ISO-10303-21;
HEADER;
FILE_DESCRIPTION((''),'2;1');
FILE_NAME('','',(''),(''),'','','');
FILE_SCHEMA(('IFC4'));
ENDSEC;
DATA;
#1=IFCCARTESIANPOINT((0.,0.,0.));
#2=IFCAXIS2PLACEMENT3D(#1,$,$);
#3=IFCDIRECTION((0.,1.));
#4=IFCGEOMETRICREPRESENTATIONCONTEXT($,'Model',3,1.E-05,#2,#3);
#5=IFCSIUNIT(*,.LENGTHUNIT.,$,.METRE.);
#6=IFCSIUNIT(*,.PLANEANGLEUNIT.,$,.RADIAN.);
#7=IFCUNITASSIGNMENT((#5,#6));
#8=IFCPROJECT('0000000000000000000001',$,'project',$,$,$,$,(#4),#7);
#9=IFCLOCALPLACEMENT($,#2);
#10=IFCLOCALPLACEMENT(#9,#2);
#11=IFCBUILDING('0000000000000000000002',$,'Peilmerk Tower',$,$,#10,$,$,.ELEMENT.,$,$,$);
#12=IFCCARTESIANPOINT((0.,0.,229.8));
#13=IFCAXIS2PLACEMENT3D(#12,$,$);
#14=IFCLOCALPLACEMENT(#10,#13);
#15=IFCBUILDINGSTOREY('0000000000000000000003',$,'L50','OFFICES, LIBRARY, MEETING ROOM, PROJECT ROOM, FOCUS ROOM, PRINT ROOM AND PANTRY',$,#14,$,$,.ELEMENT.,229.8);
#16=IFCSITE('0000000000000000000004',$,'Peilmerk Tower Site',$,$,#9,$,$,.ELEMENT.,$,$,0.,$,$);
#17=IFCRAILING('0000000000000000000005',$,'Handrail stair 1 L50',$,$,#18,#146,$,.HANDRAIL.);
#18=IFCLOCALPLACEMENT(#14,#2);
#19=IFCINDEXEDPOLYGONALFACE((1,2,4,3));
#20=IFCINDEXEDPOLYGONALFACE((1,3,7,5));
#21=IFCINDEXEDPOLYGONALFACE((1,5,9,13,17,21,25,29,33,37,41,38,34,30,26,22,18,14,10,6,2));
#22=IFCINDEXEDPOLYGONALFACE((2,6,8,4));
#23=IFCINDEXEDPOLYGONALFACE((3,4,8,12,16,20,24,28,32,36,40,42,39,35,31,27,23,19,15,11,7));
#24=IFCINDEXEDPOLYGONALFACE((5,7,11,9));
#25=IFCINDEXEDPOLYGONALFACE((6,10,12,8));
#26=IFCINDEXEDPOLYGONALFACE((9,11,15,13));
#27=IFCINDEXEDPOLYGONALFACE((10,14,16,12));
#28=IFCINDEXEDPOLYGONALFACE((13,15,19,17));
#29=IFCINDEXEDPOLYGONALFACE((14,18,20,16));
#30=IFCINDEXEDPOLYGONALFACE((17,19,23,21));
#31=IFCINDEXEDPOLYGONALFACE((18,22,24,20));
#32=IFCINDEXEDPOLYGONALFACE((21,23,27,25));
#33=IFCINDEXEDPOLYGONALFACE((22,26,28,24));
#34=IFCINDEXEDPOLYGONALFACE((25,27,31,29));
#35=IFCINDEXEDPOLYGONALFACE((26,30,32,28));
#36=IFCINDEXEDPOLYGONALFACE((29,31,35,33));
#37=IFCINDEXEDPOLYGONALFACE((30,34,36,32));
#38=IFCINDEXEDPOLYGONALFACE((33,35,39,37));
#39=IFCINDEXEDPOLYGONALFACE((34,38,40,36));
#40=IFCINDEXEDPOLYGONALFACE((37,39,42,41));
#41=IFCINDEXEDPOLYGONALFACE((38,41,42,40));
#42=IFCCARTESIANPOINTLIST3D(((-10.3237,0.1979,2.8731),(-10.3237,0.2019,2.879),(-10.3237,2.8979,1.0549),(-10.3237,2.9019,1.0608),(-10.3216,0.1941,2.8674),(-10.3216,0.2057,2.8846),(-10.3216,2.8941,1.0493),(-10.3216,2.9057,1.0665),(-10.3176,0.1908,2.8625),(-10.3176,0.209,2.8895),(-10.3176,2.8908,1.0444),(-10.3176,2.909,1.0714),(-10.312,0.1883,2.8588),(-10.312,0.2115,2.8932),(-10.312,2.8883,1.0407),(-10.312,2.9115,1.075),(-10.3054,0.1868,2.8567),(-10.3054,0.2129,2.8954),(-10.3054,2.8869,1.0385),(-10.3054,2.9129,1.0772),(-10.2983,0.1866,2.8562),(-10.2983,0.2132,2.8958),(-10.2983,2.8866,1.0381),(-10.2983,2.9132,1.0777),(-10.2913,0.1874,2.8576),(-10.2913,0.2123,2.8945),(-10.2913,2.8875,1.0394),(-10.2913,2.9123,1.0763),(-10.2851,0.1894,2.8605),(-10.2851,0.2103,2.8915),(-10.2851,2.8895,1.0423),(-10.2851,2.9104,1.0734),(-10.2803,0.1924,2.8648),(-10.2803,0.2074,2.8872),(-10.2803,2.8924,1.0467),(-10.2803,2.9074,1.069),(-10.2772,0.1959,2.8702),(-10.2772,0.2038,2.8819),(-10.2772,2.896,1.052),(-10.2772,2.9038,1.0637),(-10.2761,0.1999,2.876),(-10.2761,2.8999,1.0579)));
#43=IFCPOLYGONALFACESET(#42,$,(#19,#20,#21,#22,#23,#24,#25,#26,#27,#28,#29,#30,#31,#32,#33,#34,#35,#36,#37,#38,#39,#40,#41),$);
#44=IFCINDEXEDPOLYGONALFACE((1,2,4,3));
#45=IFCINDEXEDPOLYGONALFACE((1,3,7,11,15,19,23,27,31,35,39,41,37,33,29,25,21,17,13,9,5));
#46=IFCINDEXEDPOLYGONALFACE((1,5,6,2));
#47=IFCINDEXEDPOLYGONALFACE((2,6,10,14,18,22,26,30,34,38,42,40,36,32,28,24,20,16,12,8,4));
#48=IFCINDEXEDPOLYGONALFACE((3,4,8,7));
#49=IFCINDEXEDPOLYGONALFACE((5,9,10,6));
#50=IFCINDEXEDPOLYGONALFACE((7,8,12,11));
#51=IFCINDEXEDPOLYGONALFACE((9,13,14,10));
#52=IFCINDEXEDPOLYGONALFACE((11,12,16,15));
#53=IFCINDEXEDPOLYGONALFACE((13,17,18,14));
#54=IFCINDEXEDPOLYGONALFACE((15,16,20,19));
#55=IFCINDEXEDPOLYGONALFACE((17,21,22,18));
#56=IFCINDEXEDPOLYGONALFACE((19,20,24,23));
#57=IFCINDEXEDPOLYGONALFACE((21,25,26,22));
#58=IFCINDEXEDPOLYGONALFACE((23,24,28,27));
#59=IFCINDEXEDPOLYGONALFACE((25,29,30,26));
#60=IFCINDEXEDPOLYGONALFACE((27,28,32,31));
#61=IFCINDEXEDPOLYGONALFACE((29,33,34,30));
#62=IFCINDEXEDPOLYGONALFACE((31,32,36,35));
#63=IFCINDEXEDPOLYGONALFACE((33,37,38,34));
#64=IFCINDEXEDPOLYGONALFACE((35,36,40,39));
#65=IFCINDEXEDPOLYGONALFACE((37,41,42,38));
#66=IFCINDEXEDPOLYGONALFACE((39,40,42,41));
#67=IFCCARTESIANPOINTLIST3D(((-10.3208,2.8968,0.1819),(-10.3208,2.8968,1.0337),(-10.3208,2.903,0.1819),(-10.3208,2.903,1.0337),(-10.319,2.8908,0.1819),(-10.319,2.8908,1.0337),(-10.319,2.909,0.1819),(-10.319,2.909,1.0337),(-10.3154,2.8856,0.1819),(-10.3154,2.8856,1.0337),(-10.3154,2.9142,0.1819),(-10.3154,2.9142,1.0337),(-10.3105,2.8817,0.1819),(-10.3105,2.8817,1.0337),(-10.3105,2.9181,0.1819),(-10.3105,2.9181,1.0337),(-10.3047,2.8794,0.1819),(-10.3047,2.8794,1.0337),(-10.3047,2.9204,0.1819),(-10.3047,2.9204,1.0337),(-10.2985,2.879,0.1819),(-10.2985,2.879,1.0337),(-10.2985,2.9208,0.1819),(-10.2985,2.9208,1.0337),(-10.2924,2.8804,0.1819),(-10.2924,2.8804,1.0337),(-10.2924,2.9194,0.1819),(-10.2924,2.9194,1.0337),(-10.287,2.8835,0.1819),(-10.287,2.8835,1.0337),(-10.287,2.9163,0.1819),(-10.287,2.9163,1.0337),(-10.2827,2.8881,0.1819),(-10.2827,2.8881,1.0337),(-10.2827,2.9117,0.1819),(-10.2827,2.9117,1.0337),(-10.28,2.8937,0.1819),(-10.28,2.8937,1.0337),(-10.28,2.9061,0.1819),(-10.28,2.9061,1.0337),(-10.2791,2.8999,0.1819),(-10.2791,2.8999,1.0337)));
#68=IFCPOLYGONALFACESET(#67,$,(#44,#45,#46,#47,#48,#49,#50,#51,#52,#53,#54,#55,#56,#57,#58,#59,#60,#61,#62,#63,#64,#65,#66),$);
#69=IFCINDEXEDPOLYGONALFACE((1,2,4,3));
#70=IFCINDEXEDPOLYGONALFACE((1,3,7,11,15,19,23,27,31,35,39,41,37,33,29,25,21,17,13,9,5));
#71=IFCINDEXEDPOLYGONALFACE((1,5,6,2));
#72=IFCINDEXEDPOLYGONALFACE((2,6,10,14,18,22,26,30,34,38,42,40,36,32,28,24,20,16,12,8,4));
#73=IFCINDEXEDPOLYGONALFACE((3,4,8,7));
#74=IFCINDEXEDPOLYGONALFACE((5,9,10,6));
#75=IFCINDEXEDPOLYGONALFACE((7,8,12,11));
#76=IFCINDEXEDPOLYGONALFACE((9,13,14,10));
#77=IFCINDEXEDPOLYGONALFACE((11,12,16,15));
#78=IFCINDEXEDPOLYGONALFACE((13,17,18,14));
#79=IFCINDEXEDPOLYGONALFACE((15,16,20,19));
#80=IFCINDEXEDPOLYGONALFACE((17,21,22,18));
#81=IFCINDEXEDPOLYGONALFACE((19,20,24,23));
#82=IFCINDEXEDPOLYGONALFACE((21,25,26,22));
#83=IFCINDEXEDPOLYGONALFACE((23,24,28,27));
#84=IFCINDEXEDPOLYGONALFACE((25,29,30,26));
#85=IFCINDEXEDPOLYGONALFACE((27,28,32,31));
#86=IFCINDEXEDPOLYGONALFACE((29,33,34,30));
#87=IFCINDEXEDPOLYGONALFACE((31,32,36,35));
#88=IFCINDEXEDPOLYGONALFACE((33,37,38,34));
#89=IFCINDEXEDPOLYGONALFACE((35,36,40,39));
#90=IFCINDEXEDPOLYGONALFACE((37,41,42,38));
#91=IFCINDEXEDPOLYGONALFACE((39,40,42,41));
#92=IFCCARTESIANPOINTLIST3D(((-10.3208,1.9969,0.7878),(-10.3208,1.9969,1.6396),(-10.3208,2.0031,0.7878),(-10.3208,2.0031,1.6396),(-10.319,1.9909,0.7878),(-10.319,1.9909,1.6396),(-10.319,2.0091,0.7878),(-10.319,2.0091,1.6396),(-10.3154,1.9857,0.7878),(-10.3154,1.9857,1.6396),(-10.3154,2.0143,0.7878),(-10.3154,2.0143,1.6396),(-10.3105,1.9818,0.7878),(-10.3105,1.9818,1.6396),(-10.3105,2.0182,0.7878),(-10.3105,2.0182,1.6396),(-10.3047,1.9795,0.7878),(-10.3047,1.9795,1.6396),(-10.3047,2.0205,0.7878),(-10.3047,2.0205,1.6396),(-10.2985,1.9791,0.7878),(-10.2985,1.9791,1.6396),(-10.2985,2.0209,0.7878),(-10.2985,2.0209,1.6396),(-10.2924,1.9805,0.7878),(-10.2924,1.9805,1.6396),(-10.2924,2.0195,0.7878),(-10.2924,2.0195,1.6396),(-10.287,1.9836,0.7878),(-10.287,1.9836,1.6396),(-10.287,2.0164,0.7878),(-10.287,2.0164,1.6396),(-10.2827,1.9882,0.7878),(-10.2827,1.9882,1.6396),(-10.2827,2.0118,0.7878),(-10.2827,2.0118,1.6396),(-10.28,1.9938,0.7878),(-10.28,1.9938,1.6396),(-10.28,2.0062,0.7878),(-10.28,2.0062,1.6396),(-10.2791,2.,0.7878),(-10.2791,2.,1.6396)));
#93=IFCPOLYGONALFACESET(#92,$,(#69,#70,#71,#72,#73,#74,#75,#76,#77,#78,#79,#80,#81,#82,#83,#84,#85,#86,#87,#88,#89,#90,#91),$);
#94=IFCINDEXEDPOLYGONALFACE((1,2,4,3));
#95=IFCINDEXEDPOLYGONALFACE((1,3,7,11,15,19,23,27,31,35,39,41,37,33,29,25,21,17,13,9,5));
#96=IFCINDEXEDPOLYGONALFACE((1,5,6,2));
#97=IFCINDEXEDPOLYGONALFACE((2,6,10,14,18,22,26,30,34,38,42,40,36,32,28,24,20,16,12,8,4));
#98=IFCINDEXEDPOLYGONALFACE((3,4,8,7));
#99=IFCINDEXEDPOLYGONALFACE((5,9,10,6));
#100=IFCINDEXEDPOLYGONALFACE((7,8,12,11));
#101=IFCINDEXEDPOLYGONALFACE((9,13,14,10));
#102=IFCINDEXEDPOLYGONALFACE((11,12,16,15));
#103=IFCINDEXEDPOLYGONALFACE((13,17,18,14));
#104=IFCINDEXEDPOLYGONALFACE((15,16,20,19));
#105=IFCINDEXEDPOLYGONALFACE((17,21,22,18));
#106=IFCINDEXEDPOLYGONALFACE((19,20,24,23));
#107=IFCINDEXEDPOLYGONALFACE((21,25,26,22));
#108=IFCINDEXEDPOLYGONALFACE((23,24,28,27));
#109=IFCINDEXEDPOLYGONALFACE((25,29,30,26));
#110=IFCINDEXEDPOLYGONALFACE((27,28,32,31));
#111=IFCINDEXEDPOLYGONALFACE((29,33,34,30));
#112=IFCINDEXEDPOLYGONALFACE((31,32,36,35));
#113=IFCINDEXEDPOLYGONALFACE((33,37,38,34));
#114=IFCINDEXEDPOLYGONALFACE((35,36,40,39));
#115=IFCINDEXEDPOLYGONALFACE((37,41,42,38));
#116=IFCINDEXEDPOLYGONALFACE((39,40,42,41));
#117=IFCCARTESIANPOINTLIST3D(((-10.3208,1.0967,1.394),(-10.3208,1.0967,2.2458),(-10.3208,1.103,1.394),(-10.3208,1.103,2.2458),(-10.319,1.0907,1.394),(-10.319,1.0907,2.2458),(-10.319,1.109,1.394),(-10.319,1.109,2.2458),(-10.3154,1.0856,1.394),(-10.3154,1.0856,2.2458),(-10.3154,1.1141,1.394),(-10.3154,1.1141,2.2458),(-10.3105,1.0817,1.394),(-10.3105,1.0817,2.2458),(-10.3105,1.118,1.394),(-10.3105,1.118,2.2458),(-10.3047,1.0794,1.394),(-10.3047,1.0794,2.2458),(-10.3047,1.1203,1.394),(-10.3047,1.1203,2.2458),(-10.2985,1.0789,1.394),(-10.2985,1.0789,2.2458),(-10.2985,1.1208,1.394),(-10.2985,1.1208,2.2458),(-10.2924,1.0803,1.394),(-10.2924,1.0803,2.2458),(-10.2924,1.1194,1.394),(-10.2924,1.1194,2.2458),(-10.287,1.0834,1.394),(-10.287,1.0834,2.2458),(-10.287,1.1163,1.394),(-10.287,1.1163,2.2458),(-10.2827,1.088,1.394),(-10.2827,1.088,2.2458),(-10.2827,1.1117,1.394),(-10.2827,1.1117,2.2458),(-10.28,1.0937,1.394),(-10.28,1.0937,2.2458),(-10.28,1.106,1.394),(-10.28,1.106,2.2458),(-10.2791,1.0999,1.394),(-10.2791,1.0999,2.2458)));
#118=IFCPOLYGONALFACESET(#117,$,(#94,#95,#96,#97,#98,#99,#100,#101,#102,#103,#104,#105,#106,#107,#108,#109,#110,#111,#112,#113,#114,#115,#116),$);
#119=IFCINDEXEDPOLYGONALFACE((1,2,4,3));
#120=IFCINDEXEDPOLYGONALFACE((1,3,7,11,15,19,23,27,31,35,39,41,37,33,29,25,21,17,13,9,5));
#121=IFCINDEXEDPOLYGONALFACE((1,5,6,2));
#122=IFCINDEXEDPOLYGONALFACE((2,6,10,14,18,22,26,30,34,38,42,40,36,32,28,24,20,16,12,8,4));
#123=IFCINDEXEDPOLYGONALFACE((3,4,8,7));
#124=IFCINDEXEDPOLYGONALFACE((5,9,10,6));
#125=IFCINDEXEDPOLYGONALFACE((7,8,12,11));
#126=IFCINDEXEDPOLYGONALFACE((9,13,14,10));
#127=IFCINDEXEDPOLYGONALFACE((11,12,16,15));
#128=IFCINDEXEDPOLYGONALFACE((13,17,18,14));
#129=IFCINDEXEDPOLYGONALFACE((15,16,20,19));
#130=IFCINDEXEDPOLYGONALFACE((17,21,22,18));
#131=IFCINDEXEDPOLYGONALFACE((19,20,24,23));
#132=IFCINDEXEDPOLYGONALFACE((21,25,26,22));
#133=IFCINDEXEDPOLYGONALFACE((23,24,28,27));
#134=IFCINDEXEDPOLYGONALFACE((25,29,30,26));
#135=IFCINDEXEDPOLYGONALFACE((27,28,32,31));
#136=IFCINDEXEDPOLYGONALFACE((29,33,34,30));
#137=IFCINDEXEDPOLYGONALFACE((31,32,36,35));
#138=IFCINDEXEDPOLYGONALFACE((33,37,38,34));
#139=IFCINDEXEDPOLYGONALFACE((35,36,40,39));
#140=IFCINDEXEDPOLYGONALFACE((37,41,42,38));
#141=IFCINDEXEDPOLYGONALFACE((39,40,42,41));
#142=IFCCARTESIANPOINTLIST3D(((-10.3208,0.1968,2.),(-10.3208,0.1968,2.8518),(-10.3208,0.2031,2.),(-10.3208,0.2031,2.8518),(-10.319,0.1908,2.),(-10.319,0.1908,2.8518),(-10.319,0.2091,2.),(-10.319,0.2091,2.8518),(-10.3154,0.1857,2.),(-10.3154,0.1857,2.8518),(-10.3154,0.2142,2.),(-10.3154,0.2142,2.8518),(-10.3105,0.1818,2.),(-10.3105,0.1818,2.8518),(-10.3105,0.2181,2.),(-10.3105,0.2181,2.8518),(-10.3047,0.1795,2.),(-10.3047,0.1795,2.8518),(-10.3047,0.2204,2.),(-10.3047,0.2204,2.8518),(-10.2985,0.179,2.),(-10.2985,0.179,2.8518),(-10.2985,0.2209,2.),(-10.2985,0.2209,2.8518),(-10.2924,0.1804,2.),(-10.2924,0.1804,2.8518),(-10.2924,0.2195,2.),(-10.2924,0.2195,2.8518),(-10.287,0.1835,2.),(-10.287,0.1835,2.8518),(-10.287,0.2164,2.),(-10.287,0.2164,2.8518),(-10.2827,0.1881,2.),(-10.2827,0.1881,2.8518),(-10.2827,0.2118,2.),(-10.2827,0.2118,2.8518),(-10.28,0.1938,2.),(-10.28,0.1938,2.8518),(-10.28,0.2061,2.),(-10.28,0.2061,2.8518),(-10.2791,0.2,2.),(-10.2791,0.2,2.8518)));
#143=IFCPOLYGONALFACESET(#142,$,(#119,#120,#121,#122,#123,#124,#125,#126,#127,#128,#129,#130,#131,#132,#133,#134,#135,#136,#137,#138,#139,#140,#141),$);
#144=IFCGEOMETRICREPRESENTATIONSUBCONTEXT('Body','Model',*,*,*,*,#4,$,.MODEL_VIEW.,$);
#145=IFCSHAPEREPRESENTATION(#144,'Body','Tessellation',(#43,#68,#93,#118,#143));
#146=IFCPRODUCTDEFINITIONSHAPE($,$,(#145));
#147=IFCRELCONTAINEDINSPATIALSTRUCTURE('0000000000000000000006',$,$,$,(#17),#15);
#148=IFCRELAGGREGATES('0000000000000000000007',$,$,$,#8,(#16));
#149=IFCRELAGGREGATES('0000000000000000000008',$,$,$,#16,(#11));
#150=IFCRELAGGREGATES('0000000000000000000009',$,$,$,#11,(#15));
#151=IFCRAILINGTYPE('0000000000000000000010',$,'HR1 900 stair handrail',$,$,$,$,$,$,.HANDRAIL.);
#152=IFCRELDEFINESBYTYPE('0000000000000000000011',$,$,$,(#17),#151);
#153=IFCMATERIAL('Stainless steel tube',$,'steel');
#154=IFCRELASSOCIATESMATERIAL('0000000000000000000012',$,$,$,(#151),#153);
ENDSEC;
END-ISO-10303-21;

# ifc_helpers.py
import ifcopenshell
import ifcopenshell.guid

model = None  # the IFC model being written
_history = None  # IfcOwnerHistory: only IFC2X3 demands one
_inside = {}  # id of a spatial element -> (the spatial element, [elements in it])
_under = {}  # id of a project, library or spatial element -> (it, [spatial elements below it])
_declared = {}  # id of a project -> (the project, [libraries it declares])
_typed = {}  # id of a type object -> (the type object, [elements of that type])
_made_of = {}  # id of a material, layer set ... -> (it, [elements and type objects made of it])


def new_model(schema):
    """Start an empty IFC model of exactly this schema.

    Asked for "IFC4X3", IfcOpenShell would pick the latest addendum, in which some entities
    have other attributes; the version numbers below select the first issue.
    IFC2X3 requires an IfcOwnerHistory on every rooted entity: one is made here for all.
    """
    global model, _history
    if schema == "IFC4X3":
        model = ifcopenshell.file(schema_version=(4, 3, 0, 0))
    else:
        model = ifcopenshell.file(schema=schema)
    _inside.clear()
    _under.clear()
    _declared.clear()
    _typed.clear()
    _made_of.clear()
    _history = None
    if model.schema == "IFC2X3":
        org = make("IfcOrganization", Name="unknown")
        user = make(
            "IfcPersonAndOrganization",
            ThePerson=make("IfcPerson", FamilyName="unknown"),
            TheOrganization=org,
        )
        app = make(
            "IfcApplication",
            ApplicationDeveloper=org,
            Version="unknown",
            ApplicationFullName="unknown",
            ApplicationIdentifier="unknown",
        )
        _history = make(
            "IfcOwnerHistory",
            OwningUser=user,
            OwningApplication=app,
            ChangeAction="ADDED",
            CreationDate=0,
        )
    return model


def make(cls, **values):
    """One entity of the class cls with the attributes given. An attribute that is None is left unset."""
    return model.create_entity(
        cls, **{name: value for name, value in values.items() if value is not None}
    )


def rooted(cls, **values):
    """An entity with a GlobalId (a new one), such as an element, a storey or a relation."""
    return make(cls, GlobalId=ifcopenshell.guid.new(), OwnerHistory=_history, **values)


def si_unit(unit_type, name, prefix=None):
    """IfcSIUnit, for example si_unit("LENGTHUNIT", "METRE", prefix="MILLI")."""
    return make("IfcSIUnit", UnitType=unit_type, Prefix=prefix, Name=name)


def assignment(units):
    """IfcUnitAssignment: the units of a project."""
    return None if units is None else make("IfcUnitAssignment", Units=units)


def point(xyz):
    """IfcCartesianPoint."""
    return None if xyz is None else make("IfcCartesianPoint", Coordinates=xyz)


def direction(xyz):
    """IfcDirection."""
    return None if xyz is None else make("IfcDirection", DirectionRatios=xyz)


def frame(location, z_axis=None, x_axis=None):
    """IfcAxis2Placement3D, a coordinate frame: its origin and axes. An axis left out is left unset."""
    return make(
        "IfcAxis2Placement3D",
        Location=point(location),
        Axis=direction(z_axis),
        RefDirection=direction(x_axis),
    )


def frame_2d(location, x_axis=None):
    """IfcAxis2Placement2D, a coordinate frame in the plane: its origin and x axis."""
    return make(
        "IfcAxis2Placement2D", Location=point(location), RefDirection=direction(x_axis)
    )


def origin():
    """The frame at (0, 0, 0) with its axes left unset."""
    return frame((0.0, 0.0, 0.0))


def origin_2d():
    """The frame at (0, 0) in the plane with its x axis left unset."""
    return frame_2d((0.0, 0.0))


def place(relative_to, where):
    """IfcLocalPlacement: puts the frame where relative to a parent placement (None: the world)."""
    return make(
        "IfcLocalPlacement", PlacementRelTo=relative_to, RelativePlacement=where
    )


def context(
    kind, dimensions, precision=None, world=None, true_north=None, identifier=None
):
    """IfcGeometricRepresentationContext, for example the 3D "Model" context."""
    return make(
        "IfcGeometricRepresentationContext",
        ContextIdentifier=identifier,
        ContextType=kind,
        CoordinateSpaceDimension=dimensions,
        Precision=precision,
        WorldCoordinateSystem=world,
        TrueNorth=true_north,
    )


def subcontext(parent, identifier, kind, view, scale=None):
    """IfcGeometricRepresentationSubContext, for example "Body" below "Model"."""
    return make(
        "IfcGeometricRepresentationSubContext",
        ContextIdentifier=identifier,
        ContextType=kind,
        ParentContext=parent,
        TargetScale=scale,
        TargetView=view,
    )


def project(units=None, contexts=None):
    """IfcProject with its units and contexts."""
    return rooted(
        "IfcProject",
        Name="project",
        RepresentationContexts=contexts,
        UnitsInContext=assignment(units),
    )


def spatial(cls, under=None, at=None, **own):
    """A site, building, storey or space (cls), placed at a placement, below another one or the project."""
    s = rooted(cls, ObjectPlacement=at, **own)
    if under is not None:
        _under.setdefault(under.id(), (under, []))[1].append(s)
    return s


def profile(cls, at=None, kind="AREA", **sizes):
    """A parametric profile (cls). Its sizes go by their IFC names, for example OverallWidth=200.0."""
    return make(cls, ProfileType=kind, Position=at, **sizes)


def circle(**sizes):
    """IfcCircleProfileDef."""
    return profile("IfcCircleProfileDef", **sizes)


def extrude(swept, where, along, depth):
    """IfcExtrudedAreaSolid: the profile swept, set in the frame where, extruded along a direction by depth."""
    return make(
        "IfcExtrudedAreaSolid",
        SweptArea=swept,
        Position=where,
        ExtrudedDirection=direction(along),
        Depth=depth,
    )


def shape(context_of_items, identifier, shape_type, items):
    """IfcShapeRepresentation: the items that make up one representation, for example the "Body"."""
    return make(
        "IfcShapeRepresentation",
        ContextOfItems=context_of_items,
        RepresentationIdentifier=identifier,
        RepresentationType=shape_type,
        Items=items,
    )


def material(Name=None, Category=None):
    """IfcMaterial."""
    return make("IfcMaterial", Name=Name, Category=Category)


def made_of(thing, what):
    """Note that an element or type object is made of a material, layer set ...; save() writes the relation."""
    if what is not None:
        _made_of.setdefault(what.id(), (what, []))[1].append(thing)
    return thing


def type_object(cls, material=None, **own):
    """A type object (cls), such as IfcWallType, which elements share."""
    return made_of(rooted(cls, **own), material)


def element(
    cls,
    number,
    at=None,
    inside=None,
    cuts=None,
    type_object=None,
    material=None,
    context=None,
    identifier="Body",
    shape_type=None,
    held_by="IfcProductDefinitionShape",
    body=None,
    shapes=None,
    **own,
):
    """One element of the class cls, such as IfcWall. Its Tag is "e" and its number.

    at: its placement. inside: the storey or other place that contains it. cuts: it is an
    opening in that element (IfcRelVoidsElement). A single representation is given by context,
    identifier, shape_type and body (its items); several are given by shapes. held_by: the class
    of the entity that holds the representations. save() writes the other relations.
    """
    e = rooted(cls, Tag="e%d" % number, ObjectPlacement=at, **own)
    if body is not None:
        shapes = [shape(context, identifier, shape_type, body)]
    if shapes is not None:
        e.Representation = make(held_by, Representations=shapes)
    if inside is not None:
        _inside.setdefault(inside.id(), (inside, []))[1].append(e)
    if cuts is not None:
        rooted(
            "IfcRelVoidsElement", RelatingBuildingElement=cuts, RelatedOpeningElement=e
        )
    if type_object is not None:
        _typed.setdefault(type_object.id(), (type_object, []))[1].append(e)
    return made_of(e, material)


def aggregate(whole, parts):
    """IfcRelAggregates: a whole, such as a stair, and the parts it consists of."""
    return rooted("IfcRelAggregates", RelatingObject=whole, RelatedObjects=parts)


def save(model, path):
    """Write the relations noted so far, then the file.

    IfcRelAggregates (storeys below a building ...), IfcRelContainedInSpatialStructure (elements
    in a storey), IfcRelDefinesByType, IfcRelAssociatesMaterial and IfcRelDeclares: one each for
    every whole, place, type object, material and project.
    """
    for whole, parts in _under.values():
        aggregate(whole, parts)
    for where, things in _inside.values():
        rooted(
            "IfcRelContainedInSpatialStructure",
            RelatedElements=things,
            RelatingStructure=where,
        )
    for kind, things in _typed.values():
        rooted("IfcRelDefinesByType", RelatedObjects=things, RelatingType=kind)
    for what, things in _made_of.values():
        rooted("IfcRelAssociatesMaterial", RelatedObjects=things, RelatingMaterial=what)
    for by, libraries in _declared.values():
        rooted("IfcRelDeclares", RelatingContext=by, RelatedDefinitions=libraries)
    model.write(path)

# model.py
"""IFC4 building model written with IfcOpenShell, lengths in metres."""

from ifc_helpers import new_model, si_unit, direction, frame, origin, origin_2d, place, context, subcontext, project, spatial, circle, extrude, material, type_object, element, save


model = new_model("IFC4")

# Units and contexts
model_context = context("Model", 3, precision=1e-05, world=origin(), true_north=direction((0.0, 1.0)))
body_context = subcontext(model_context, "Body", "Model", "MODEL_VIEW")
ifc_project = project(units=[si_unit("LENGTHUNIT", "METRE"), si_unit("PLANEANGLEUNIT", "RADIAN")], contexts=[model_context])

# Site, building, storey
site_placement = place(None, origin())
site = spatial("IfcSite", under=ifc_project, at=site_placement, Name="Peilmerk Tower Site", CompositionType="ELEMENT", RefElevation=0.0)
building_placement = place(site_placement, origin())
building = spatial("IfcBuilding", under=site, at=building_placement, Name="Peilmerk Tower", CompositionType="ELEMENT")
storey_placement = place(building_placement, frame((0.0, 0.0, 229.8)))
storey = spatial("IfcBuildingStorey", under=building, at=storey_placement, Name="L50", Description="OFFICES, LIBRARY, MEETING ROOM, PROJECT ROOM, FOCUS ROOM, PRINT ROOM AND PANTRY", CompositionType="ELEMENT", Elevation=229.8)

# Railing
ifc_material_1 = material(Name="Stainless steel tube", Category="steel")
railing_type_1 = type_object("IfcRailingType", Name="HR1 900 stair handrail", PredefinedType="HANDRAIL", material=ifc_material_1)
railing_1_placement = place(storey_placement, frame((-10.3, 2.8999, 0.1819)))
element("IfcRailing", 1, at=railing_1_placement, inside=storey, type_object=railing_type_1, Name="Handrail stair 1 L50", PredefinedType="HANDRAIL", context=body_context, shape_type="SweptSolid", body=[
    extrude(circle(Radius=0.0239, at=origin_2d()), frame((0.0, 0.0, 0.876), z_axis=(0.0, -0.829468, 0.558554), x_axis=(1.0, 0.0, 0.0)), (0.0, 0.0, 1.0), 3.2551),
    extrude(circle(Radius=0.021, at=origin_2d()), origin(), (0.0, 0.0, 1.0), 0.8518),
    extrude(circle(Radius=0.021, at=origin_2d()), frame((0.0, -0.8999, 0.606)), (0.0, 0.0, 1.0), 0.8518),
    extrude(circle(Radius=0.021, at=origin_2d()), frame((0.0, -1.8, 1.2122)), (0.0, 0.0, 1.0), 0.8518),
    extrude(circle(Radius=0.021, at=origin_2d()), frame((0.0, -2.7, 1.8181)), (0.0, 0.0, 1.0), 0.8518),
])

save(model, "model.ifc")
